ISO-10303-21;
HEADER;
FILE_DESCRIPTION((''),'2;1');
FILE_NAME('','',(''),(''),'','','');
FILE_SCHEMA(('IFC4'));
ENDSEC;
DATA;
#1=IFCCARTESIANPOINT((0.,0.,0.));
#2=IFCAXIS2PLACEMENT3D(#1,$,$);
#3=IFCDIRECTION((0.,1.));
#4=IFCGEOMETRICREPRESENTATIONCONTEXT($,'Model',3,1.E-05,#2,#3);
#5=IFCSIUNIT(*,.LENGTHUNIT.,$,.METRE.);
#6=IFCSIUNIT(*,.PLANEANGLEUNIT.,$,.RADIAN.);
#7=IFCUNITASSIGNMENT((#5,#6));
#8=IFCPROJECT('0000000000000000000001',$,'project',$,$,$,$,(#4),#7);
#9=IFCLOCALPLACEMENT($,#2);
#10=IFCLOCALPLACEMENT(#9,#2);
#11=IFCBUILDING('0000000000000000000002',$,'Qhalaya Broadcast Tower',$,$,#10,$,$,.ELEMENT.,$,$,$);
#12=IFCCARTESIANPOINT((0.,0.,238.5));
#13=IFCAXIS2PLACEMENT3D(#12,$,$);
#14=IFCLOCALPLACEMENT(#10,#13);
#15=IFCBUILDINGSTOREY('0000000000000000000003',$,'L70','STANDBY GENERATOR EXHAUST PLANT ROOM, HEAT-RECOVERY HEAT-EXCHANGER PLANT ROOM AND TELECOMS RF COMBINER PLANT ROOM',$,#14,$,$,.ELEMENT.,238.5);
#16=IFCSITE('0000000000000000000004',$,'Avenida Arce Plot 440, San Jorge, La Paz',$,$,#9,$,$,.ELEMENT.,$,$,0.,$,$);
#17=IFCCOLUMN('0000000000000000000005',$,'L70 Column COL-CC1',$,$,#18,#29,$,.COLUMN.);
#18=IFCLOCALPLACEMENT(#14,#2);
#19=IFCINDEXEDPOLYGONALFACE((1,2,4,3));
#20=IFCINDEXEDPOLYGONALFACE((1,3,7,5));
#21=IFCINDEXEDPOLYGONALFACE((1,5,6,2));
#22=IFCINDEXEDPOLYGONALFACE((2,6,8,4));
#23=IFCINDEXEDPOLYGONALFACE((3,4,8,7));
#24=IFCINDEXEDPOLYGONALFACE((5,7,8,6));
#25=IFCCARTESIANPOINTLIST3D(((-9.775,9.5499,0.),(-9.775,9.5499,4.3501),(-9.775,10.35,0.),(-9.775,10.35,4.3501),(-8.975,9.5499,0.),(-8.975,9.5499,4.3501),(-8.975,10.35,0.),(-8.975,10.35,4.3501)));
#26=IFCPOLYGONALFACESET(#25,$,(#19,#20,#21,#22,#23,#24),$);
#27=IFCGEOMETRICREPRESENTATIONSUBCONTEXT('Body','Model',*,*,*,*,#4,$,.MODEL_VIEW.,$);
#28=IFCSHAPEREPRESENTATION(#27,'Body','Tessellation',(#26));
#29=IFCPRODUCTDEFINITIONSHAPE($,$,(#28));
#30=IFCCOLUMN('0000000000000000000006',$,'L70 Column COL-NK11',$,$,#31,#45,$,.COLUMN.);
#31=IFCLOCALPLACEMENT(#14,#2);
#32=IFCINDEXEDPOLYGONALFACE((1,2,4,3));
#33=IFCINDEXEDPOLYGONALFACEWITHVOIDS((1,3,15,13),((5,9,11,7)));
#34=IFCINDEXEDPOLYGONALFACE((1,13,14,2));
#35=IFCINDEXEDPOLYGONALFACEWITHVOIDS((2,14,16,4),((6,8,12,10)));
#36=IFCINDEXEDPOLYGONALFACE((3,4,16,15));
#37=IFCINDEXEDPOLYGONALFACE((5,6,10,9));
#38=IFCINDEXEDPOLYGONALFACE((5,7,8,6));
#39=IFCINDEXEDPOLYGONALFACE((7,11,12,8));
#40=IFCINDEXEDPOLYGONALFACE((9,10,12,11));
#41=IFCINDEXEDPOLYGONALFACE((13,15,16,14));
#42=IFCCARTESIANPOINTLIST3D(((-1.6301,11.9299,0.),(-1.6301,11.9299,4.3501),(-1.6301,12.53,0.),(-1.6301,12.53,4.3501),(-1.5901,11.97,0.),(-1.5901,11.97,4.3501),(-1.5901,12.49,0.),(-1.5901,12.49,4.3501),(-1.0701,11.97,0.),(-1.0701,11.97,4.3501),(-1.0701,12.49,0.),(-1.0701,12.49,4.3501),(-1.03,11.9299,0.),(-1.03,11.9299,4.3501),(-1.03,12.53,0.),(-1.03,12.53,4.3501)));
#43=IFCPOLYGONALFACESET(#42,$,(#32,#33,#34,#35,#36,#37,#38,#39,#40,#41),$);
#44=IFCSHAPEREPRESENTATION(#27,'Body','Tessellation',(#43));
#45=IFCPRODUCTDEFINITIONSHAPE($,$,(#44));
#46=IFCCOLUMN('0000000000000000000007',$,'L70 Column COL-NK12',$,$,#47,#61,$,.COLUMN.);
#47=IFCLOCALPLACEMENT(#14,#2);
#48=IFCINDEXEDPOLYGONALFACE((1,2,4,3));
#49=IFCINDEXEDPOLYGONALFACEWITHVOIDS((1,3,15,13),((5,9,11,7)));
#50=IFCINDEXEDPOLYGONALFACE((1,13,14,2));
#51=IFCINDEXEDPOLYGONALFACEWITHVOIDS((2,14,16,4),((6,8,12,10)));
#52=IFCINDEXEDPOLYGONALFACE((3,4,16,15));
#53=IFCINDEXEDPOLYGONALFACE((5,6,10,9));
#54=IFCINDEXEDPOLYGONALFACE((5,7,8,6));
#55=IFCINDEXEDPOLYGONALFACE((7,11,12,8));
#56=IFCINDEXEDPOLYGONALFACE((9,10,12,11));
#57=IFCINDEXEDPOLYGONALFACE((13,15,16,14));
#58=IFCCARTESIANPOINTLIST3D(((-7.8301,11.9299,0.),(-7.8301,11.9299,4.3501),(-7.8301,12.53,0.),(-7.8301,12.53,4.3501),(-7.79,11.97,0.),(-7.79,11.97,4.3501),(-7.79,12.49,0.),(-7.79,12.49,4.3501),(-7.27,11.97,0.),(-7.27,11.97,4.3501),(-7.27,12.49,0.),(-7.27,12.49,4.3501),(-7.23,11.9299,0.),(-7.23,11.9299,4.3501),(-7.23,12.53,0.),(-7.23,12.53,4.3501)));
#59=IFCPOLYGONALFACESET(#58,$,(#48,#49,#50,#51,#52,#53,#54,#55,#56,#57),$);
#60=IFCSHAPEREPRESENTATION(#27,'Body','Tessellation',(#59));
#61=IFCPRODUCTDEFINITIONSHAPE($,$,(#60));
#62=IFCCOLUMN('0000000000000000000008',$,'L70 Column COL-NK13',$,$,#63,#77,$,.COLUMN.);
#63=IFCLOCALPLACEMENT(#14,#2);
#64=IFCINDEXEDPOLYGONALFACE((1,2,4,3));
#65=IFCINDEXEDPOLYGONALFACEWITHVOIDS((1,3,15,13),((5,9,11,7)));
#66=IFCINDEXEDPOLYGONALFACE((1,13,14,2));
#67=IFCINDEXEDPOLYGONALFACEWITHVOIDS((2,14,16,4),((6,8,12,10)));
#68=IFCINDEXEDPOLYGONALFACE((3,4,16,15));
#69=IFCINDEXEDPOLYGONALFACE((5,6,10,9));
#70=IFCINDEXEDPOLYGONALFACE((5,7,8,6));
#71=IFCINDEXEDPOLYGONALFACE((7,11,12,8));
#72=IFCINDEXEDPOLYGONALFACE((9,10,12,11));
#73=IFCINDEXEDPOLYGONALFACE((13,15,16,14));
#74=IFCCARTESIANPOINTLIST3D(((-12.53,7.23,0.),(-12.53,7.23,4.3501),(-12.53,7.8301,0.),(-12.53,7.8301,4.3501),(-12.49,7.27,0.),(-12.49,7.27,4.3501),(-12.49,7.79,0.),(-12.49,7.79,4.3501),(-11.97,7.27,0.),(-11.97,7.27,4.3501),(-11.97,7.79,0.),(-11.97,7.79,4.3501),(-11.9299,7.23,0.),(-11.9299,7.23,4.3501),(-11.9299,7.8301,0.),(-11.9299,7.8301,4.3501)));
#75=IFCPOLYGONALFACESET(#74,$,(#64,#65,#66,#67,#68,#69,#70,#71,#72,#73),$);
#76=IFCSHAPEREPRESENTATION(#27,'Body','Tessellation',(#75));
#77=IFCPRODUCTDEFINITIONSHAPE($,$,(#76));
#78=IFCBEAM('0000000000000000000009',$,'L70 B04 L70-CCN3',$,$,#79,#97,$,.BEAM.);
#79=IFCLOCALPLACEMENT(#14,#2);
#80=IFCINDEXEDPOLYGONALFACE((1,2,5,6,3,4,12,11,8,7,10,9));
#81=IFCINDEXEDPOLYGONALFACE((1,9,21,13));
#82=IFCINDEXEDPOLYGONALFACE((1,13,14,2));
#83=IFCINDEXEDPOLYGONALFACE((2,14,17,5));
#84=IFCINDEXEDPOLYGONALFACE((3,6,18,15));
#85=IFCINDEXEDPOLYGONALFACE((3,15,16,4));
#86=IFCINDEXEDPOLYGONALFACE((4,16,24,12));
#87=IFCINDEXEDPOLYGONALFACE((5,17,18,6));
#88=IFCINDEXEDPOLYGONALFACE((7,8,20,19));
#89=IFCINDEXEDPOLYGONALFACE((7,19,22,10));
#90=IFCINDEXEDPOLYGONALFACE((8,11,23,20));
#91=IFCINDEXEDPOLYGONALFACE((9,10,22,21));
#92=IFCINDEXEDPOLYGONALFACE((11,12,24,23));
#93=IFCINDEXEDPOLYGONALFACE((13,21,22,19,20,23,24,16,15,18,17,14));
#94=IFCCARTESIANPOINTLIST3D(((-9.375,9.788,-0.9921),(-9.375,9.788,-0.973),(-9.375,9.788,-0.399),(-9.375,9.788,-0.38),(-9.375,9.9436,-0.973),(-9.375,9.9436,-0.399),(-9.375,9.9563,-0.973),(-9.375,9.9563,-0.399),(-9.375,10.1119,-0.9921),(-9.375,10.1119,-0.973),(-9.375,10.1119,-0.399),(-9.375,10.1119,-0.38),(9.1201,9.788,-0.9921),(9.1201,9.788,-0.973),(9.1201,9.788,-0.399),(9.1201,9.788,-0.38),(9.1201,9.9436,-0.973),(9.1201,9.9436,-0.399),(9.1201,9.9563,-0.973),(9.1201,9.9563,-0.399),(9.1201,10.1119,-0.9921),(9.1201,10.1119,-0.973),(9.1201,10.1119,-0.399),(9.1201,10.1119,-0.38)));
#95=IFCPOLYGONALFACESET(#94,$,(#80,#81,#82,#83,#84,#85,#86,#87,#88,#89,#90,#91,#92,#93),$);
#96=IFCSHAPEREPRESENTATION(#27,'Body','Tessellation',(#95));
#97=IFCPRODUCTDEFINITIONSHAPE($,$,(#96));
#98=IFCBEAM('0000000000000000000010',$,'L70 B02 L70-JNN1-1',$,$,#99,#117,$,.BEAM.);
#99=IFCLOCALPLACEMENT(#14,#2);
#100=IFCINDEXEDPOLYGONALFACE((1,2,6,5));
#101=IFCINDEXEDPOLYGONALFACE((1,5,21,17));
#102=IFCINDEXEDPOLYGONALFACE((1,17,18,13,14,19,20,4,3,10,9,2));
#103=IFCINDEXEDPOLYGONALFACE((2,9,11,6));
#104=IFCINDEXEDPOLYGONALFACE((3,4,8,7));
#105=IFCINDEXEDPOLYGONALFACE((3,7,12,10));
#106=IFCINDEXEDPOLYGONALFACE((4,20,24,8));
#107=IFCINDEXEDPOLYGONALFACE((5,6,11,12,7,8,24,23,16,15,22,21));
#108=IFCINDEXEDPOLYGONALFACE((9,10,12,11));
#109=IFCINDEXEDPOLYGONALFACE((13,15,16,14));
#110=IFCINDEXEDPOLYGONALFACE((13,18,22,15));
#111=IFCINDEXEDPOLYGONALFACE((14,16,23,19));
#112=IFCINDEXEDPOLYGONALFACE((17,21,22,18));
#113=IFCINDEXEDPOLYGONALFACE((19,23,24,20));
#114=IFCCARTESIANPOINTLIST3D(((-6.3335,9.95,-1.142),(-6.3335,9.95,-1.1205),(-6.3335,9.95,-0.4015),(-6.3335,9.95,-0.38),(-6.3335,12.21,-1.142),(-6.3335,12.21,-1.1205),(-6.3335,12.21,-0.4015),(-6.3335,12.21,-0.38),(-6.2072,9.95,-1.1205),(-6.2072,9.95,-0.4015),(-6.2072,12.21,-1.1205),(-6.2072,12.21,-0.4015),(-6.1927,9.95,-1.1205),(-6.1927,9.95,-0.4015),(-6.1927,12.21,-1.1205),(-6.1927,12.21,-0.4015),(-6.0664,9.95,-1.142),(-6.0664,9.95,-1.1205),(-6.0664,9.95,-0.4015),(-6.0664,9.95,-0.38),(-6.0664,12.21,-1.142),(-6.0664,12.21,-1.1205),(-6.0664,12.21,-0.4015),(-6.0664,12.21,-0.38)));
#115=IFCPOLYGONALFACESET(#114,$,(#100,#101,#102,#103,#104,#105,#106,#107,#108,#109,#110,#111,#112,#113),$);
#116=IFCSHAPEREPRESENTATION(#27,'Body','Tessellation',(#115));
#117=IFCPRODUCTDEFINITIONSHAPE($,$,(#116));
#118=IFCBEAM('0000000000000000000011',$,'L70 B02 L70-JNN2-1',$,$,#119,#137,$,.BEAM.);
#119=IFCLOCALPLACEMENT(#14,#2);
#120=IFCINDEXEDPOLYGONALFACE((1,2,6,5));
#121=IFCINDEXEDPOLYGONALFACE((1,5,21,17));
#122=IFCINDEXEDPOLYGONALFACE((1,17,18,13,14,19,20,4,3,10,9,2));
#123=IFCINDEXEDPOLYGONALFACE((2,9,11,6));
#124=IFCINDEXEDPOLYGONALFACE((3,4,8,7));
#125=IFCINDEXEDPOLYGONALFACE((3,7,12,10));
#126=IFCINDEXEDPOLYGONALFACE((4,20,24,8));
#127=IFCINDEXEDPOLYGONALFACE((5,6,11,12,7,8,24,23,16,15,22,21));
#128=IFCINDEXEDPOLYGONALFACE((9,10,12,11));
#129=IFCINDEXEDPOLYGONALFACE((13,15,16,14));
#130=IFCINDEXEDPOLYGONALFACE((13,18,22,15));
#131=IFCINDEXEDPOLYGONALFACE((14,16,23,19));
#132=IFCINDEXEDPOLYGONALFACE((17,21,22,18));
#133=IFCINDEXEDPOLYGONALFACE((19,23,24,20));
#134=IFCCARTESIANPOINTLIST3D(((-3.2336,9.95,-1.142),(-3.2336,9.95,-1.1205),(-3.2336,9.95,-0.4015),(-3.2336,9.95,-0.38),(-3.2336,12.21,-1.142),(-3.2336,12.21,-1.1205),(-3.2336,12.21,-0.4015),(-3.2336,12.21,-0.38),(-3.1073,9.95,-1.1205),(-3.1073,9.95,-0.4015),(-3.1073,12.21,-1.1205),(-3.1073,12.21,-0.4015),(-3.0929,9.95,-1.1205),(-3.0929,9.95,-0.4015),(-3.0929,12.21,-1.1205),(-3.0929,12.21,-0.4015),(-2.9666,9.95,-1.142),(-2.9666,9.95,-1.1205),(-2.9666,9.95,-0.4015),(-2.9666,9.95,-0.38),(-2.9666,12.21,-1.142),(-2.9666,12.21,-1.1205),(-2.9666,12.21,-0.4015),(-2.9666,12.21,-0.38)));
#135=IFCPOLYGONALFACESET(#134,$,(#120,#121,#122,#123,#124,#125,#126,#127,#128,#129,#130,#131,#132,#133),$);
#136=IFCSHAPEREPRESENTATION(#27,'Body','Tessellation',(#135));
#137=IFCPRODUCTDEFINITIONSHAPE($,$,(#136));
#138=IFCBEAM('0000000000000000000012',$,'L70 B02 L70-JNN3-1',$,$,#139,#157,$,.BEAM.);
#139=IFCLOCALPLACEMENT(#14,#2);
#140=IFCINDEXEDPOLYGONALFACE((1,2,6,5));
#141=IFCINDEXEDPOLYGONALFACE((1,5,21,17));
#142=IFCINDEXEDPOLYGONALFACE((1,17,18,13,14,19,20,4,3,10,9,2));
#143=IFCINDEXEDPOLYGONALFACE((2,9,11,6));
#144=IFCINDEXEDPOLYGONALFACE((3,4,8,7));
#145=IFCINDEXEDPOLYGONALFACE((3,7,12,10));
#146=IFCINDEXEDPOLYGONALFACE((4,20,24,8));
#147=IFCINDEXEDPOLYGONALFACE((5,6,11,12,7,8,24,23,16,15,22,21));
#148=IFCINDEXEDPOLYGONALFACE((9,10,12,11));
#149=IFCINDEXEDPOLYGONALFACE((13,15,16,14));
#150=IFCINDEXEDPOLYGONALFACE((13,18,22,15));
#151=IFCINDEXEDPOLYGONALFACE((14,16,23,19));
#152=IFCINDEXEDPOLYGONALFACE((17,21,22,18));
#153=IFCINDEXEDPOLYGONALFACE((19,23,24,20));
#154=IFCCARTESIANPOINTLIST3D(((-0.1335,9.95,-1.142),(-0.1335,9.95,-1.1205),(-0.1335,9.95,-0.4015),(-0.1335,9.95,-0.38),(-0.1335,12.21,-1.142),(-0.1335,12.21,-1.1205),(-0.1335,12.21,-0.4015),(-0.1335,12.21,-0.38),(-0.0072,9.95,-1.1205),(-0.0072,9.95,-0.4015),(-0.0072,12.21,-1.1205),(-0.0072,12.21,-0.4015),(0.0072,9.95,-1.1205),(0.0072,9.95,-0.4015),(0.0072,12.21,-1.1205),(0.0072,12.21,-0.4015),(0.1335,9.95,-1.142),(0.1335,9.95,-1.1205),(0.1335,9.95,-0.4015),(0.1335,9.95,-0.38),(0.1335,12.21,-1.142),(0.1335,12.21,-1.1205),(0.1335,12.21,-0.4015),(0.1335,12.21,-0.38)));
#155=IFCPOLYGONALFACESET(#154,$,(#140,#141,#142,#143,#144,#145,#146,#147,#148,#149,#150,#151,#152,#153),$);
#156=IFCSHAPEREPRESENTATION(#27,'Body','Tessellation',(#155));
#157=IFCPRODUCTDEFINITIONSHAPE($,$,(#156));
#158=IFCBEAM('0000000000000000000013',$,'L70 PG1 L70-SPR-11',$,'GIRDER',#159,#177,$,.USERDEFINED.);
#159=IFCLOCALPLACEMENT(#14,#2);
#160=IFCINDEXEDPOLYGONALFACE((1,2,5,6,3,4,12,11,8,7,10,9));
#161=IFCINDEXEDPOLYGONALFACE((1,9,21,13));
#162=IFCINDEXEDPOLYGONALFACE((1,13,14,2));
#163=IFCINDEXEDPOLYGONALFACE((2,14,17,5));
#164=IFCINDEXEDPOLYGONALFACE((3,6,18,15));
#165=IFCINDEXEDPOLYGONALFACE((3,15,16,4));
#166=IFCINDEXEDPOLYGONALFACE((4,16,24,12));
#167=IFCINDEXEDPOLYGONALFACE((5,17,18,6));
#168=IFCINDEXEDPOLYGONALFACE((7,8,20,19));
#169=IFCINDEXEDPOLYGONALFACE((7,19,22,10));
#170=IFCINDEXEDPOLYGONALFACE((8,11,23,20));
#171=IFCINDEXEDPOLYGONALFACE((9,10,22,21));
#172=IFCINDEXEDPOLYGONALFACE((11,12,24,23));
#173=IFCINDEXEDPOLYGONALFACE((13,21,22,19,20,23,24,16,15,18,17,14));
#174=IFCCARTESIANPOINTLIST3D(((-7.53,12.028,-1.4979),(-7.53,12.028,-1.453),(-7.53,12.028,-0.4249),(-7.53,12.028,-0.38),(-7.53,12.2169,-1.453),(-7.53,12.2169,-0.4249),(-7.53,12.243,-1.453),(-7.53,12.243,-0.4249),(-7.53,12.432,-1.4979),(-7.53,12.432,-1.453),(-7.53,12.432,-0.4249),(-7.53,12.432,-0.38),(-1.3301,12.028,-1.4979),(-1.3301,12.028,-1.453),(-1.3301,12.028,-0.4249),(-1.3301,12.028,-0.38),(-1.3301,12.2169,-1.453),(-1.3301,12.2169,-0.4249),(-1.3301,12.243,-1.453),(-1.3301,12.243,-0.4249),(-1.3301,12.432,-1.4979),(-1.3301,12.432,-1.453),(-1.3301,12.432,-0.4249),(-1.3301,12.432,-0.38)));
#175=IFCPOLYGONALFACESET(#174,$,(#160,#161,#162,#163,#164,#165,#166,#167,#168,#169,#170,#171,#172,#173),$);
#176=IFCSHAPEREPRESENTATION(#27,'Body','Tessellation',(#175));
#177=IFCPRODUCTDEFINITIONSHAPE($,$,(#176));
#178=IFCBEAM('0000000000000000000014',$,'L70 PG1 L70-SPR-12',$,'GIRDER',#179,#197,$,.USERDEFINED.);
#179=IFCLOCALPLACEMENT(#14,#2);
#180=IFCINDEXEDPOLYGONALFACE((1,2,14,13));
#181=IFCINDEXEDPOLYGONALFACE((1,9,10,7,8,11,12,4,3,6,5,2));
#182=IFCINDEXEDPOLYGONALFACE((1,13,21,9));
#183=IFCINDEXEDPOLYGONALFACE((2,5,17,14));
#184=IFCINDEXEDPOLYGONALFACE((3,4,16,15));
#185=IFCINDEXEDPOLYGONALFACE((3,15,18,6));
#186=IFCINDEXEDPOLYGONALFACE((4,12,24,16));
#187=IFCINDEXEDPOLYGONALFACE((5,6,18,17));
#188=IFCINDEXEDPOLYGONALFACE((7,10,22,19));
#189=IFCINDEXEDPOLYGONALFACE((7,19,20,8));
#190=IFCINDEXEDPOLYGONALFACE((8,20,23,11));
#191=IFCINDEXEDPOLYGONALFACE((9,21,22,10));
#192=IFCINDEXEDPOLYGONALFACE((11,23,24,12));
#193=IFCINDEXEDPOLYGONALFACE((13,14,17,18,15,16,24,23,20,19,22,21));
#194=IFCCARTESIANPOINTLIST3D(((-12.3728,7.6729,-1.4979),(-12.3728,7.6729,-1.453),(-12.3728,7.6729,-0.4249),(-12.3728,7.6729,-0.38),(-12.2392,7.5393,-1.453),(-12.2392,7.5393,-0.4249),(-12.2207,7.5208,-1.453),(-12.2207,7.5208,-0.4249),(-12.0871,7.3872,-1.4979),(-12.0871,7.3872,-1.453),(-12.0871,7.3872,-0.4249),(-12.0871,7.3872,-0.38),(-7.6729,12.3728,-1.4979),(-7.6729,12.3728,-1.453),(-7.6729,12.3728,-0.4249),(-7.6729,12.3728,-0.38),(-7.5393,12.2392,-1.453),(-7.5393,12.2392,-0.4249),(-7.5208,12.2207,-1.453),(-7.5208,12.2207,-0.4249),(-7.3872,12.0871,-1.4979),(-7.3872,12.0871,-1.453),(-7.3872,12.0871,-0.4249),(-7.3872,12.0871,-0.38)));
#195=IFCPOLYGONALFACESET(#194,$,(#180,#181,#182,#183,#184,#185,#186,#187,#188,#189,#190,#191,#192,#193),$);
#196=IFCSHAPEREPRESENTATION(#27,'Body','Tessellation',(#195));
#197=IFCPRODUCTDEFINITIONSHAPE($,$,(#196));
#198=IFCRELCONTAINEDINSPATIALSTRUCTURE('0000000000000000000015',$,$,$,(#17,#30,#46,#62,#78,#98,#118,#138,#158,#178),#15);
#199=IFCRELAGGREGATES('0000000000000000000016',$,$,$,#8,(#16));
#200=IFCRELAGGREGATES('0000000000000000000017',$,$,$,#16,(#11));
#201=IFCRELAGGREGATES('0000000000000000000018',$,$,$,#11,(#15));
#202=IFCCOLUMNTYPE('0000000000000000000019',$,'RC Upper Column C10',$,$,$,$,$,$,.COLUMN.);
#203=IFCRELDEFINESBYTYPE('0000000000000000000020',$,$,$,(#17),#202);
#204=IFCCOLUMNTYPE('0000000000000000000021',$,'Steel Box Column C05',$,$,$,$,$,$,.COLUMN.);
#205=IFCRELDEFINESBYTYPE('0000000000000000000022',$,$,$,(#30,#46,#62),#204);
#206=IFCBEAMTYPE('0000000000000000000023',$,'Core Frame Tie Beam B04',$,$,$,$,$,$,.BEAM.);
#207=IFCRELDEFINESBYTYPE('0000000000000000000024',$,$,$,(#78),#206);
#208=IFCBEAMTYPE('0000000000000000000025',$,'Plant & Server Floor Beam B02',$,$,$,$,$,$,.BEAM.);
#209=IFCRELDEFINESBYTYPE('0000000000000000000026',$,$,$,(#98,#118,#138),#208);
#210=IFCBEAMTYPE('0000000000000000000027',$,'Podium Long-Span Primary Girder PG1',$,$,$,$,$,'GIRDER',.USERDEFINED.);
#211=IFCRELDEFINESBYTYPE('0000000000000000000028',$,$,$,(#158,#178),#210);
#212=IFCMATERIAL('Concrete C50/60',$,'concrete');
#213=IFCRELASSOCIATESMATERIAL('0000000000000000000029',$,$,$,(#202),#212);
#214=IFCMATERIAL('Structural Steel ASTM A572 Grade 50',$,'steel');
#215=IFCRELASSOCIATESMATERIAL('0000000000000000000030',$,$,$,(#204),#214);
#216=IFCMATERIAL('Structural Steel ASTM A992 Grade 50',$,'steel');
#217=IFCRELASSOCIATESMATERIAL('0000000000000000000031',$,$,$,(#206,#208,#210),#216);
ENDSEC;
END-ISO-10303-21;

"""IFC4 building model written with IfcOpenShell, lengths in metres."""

from ifc_helpers import new_model, si_unit, direction, frame, origin, origin_2d, place, context, subcontext, project, spatial, rectangle, hollow_rectangle, i_section, extrude, material, material_profile, profile_set, type_object, element, save


model = new_model("IFC4")

# Units and contexts
model_context = context("Model", 3, precision=1e-05, world=origin(), true_north=direction((0.0, 1.0)))
body_context = subcontext(model_context, "Body", "Model", "MODEL_VIEW")
ifc_project = project(units=[si_unit("LENGTHUNIT", "METRE"), si_unit("PLANEANGLEUNIT", "RADIAN")], contexts=[model_context])

# Site, building, storey
site_placement = place(None, origin())
site = spatial("IfcSite", under=ifc_project, at=site_placement, Name="Avenida Arce Plot 440, San Jorge, La Paz", CompositionType="ELEMENT", RefElevation=0.0)
building_placement = place(site_placement, origin())
building = spatial("IfcBuilding", under=site, at=building_placement, Name="Qhalaya Broadcast Tower", CompositionType="ELEMENT")
storey_placement = place(building_placement, frame((0.0, 0.0, 238.5)))
storey = spatial("IfcBuildingStorey", under=building, at=storey_placement, Name="L70", Description="STANDBY GENERATOR EXHAUST PLANT ROOM, HEAT-RECOVERY HEAT-EXCHANGER PLANT ROOM AND TELECOMS RF COMBINER PLANT ROOM", CompositionType="ELEMENT", Elevation=238.5)

# Columns
ifc_material_1 = material(Name="Concrete C50/60", Category="concrete")
ifc_material_profile_1 = material_profile(ifc_material_1, rectangle(XDim=0.8, YDim=0.8, at=origin_2d()), Name="RC-COL 800x800")
ifc_profile_set_1 = profile_set([ifc_material_profile_1], Name="Concrete C50/60")
column_type_1 = type_object("IfcColumnType", Name="RC Upper Column C10", PredefinedType="COLUMN", material=ifc_profile_set_1)
column_placement = place(storey_placement, frame((-9.375, 9.95, 0.0), z_axis=(0.0, 0.0, 1.0), x_axis=(1.0, 0.0, 0.0)))
element("IfcColumn", 1, at=column_placement, inside=storey, type_object=column_type_1, Name="L70 Column COL-CC1", PredefinedType="COLUMN", context=body_context, shape_type="SweptSolid", body=[
    extrude(rectangle(XDim=0.8, YDim=0.8, at=origin_2d()), origin(), (0.0, 0.0, 1.0), 4.3501),
])
ifc_material_2 = material(Name="Structural Steel ASTM A572 Grade 50", Category="steel")
ifc_material_profile_2 = material_profile(ifc_material_2, hollow_rectangle(XDim=0.6001, YDim=0.6001, WallThickness=0.04, at=origin_2d()), Name="BOX 600x600x40")
ifc_profile_set_2 = profile_set([ifc_material_profile_2], Name="Structural Steel ASTM A572 Grade 50")
column_type_2 = type_object("IfcColumnType", Name="Steel Box Column C05", PredefinedType="COLUMN", material=ifc_profile_set_2)
for number, where, z_axis, x_axis, name in (
    (2, (-1.3301, 12.23, 0.0), (0.0, 0.0, 1.0), (1.0, 0.0, 0.0), "L70 Column COL-NK11"),
    (3, (-7.53, 12.23, 0.0), (0.0, 0.0, 1.0), (1.0, 0.0, 0.0), "L70 Column COL-NK12"),
    (4, (-12.23, 7.53, 0.0), (0.0, 0.0, 1.0), (0.0, 1.0, 0.0), "L70 Column COL-NK13"),
):
    element("IfcColumn", number, at=place(storey_placement, frame(where, z_axis=z_axis, x_axis=x_axis)), inside=storey, type_object=column_type_2, Name=name, PredefinedType="COLUMN", context=body_context, shape_type="SweptSolid", body=[
        extrude(hollow_rectangle(XDim=0.6001, YDim=0.6001, WallThickness=0.04, at=origin_2d()), origin(), (0.0, 0.0, 1.0), 4.3501),
    ])

# Beams
ifc_material_3 = material(Name="Structural Steel ASTM A992 Grade 50", Category="steel")
ifc_material_profile_3 = material_profile(ifc_material_3, i_section(OverallWidth=0.324, OverallDepth=0.6121, WebThickness=0.0127, FlangeThickness=0.019, at=origin_2d()), Name="W24X104")
ifc_profile_set_3 = profile_set([ifc_material_profile_3], Name="Structural Steel ASTM A992 Grade 50")
beam_type_1 = type_object("IfcBeamType", Name="Core Frame Tie Beam B04", PredefinedType="BEAM", material=ifc_profile_set_3)
beam_1_placement = place(storey_placement, frame((-9.375, 9.95, -0.686), z_axis=(1.0, 0.0, 0.0), x_axis=(0.0, 1.0, 0.0)))
element("IfcBeam", 5, at=beam_1_placement, inside=storey, type_object=beam_type_1, Name="L70 B04 L70-CCN3", PredefinedType="BEAM", context=body_context, shape_type="SweptSolid", body=[
    extrude(i_section(OverallWidth=0.324, OverallDepth=0.6121, WebThickness=0.0127, FlangeThickness=0.019, at=origin_2d()), origin(), (0.0, 0.0, 1.0), 18.4951),
])
ifc_material_profile_4 = material_profile(ifc_material_3, i_section(OverallWidth=0.2671, OverallDepth=0.762, WebThickness=0.0144, FlangeThickness=0.0215, at=origin_2d()), Name="W30X116")
ifc_profile_set_4 = profile_set([ifc_material_profile_4], Name="Structural Steel ASTM A992 Grade 50")
beam_type_2 = type_object("IfcBeamType", Name="Plant & Server Floor Beam B02", PredefinedType="BEAM", material=ifc_profile_set_4)
for number, where, z_axis, x_axis, name in (
    (6, (-6.2, 9.95, -0.761), (0.0, 1.0, 0.0), (-1.0, 0.0, 0.0), "L70 B02 L70-JNN1-1"),
    (7, (-3.1001, 9.95, -0.761), (0.0, 1.0, 0.0), (-1.0, 0.0, 0.0), "L70 B02 L70-JNN2-1"),
    (8, (0.0, 9.95, -0.761), (0.0, 1.0, 0.0), (-1.0, 0.0, 0.0), "L70 B02 L70-JNN3-1"),
):
    element("IfcBeam", number, at=place(storey_placement, frame(where, z_axis=z_axis, x_axis=x_axis)), inside=storey, type_object=beam_type_2, Name=name, PredefinedType="BEAM", context=body_context, shape_type="SweptSolid", body=[
        extrude(i_section(OverallWidth=0.2671, OverallDepth=0.762, WebThickness=0.0144, FlangeThickness=0.0215, at=origin_2d()), origin(), (0.0, 0.0, 1.0), 2.26),
    ])
ifc_material_profile_5 = material_profile(ifc_material_3, i_section(OverallWidth=0.4041, OverallDepth=1.1179, WebThickness=0.0261, FlangeThickness=0.0449, at=origin_2d()), Name="W44X335")
ifc_profile_set_5 = profile_set([ifc_material_profile_5], Name="Structural Steel ASTM A992 Grade 50")
beam_type_3 = type_object("IfcBeamType", Name="Podium Long-Span Primary Girder PG1", ElementType="GIRDER", PredefinedType="USERDEFINED", material=ifc_profile_set_5)
beam_2_placement = place(storey_placement, frame((-1.3301, 12.23, -0.939), z_axis=(-1.0, 0.0, 0.0), x_axis=(0.0, -1.0, 0.0)))
element("IfcBeam", 9, at=beam_2_placement, inside=storey, type_object=beam_type_3, Name="L70 PG1 L70-SPR-11", ObjectType="GIRDER", PredefinedType="USERDEFINED", context=body_context, shape_type="SweptSolid", body=[
    extrude(i_section(OverallWidth=0.4041, OverallDepth=1.1179, WebThickness=0.0261, FlangeThickness=0.0449, at=origin_2d()), origin(), (0.0, 0.0, 1.0), 6.2),
])
beam_3_placement = place(storey_placement, frame((-7.53, 12.23, -0.939), z_axis=(-0.707107, -0.707107, 0.0), x_axis=(0.707107, -0.707107, 0.0)))
element("IfcBeam", 10, at=beam_3_placement, inside=storey, type_object=beam_type_3, Name="L70 PG1 L70-SPR-12", ObjectType="GIRDER", PredefinedType="USERDEFINED", context=body_context, shape_type="SweptSolid", body=[
    extrude(i_section(OverallWidth=0.4041, OverallDepth=1.1179, WebThickness=0.0261, FlangeThickness=0.0449, at=origin_2d()), origin(), (0.0, 0.0, 1.0), 6.6467),
])

save(model, "model.ifc")
